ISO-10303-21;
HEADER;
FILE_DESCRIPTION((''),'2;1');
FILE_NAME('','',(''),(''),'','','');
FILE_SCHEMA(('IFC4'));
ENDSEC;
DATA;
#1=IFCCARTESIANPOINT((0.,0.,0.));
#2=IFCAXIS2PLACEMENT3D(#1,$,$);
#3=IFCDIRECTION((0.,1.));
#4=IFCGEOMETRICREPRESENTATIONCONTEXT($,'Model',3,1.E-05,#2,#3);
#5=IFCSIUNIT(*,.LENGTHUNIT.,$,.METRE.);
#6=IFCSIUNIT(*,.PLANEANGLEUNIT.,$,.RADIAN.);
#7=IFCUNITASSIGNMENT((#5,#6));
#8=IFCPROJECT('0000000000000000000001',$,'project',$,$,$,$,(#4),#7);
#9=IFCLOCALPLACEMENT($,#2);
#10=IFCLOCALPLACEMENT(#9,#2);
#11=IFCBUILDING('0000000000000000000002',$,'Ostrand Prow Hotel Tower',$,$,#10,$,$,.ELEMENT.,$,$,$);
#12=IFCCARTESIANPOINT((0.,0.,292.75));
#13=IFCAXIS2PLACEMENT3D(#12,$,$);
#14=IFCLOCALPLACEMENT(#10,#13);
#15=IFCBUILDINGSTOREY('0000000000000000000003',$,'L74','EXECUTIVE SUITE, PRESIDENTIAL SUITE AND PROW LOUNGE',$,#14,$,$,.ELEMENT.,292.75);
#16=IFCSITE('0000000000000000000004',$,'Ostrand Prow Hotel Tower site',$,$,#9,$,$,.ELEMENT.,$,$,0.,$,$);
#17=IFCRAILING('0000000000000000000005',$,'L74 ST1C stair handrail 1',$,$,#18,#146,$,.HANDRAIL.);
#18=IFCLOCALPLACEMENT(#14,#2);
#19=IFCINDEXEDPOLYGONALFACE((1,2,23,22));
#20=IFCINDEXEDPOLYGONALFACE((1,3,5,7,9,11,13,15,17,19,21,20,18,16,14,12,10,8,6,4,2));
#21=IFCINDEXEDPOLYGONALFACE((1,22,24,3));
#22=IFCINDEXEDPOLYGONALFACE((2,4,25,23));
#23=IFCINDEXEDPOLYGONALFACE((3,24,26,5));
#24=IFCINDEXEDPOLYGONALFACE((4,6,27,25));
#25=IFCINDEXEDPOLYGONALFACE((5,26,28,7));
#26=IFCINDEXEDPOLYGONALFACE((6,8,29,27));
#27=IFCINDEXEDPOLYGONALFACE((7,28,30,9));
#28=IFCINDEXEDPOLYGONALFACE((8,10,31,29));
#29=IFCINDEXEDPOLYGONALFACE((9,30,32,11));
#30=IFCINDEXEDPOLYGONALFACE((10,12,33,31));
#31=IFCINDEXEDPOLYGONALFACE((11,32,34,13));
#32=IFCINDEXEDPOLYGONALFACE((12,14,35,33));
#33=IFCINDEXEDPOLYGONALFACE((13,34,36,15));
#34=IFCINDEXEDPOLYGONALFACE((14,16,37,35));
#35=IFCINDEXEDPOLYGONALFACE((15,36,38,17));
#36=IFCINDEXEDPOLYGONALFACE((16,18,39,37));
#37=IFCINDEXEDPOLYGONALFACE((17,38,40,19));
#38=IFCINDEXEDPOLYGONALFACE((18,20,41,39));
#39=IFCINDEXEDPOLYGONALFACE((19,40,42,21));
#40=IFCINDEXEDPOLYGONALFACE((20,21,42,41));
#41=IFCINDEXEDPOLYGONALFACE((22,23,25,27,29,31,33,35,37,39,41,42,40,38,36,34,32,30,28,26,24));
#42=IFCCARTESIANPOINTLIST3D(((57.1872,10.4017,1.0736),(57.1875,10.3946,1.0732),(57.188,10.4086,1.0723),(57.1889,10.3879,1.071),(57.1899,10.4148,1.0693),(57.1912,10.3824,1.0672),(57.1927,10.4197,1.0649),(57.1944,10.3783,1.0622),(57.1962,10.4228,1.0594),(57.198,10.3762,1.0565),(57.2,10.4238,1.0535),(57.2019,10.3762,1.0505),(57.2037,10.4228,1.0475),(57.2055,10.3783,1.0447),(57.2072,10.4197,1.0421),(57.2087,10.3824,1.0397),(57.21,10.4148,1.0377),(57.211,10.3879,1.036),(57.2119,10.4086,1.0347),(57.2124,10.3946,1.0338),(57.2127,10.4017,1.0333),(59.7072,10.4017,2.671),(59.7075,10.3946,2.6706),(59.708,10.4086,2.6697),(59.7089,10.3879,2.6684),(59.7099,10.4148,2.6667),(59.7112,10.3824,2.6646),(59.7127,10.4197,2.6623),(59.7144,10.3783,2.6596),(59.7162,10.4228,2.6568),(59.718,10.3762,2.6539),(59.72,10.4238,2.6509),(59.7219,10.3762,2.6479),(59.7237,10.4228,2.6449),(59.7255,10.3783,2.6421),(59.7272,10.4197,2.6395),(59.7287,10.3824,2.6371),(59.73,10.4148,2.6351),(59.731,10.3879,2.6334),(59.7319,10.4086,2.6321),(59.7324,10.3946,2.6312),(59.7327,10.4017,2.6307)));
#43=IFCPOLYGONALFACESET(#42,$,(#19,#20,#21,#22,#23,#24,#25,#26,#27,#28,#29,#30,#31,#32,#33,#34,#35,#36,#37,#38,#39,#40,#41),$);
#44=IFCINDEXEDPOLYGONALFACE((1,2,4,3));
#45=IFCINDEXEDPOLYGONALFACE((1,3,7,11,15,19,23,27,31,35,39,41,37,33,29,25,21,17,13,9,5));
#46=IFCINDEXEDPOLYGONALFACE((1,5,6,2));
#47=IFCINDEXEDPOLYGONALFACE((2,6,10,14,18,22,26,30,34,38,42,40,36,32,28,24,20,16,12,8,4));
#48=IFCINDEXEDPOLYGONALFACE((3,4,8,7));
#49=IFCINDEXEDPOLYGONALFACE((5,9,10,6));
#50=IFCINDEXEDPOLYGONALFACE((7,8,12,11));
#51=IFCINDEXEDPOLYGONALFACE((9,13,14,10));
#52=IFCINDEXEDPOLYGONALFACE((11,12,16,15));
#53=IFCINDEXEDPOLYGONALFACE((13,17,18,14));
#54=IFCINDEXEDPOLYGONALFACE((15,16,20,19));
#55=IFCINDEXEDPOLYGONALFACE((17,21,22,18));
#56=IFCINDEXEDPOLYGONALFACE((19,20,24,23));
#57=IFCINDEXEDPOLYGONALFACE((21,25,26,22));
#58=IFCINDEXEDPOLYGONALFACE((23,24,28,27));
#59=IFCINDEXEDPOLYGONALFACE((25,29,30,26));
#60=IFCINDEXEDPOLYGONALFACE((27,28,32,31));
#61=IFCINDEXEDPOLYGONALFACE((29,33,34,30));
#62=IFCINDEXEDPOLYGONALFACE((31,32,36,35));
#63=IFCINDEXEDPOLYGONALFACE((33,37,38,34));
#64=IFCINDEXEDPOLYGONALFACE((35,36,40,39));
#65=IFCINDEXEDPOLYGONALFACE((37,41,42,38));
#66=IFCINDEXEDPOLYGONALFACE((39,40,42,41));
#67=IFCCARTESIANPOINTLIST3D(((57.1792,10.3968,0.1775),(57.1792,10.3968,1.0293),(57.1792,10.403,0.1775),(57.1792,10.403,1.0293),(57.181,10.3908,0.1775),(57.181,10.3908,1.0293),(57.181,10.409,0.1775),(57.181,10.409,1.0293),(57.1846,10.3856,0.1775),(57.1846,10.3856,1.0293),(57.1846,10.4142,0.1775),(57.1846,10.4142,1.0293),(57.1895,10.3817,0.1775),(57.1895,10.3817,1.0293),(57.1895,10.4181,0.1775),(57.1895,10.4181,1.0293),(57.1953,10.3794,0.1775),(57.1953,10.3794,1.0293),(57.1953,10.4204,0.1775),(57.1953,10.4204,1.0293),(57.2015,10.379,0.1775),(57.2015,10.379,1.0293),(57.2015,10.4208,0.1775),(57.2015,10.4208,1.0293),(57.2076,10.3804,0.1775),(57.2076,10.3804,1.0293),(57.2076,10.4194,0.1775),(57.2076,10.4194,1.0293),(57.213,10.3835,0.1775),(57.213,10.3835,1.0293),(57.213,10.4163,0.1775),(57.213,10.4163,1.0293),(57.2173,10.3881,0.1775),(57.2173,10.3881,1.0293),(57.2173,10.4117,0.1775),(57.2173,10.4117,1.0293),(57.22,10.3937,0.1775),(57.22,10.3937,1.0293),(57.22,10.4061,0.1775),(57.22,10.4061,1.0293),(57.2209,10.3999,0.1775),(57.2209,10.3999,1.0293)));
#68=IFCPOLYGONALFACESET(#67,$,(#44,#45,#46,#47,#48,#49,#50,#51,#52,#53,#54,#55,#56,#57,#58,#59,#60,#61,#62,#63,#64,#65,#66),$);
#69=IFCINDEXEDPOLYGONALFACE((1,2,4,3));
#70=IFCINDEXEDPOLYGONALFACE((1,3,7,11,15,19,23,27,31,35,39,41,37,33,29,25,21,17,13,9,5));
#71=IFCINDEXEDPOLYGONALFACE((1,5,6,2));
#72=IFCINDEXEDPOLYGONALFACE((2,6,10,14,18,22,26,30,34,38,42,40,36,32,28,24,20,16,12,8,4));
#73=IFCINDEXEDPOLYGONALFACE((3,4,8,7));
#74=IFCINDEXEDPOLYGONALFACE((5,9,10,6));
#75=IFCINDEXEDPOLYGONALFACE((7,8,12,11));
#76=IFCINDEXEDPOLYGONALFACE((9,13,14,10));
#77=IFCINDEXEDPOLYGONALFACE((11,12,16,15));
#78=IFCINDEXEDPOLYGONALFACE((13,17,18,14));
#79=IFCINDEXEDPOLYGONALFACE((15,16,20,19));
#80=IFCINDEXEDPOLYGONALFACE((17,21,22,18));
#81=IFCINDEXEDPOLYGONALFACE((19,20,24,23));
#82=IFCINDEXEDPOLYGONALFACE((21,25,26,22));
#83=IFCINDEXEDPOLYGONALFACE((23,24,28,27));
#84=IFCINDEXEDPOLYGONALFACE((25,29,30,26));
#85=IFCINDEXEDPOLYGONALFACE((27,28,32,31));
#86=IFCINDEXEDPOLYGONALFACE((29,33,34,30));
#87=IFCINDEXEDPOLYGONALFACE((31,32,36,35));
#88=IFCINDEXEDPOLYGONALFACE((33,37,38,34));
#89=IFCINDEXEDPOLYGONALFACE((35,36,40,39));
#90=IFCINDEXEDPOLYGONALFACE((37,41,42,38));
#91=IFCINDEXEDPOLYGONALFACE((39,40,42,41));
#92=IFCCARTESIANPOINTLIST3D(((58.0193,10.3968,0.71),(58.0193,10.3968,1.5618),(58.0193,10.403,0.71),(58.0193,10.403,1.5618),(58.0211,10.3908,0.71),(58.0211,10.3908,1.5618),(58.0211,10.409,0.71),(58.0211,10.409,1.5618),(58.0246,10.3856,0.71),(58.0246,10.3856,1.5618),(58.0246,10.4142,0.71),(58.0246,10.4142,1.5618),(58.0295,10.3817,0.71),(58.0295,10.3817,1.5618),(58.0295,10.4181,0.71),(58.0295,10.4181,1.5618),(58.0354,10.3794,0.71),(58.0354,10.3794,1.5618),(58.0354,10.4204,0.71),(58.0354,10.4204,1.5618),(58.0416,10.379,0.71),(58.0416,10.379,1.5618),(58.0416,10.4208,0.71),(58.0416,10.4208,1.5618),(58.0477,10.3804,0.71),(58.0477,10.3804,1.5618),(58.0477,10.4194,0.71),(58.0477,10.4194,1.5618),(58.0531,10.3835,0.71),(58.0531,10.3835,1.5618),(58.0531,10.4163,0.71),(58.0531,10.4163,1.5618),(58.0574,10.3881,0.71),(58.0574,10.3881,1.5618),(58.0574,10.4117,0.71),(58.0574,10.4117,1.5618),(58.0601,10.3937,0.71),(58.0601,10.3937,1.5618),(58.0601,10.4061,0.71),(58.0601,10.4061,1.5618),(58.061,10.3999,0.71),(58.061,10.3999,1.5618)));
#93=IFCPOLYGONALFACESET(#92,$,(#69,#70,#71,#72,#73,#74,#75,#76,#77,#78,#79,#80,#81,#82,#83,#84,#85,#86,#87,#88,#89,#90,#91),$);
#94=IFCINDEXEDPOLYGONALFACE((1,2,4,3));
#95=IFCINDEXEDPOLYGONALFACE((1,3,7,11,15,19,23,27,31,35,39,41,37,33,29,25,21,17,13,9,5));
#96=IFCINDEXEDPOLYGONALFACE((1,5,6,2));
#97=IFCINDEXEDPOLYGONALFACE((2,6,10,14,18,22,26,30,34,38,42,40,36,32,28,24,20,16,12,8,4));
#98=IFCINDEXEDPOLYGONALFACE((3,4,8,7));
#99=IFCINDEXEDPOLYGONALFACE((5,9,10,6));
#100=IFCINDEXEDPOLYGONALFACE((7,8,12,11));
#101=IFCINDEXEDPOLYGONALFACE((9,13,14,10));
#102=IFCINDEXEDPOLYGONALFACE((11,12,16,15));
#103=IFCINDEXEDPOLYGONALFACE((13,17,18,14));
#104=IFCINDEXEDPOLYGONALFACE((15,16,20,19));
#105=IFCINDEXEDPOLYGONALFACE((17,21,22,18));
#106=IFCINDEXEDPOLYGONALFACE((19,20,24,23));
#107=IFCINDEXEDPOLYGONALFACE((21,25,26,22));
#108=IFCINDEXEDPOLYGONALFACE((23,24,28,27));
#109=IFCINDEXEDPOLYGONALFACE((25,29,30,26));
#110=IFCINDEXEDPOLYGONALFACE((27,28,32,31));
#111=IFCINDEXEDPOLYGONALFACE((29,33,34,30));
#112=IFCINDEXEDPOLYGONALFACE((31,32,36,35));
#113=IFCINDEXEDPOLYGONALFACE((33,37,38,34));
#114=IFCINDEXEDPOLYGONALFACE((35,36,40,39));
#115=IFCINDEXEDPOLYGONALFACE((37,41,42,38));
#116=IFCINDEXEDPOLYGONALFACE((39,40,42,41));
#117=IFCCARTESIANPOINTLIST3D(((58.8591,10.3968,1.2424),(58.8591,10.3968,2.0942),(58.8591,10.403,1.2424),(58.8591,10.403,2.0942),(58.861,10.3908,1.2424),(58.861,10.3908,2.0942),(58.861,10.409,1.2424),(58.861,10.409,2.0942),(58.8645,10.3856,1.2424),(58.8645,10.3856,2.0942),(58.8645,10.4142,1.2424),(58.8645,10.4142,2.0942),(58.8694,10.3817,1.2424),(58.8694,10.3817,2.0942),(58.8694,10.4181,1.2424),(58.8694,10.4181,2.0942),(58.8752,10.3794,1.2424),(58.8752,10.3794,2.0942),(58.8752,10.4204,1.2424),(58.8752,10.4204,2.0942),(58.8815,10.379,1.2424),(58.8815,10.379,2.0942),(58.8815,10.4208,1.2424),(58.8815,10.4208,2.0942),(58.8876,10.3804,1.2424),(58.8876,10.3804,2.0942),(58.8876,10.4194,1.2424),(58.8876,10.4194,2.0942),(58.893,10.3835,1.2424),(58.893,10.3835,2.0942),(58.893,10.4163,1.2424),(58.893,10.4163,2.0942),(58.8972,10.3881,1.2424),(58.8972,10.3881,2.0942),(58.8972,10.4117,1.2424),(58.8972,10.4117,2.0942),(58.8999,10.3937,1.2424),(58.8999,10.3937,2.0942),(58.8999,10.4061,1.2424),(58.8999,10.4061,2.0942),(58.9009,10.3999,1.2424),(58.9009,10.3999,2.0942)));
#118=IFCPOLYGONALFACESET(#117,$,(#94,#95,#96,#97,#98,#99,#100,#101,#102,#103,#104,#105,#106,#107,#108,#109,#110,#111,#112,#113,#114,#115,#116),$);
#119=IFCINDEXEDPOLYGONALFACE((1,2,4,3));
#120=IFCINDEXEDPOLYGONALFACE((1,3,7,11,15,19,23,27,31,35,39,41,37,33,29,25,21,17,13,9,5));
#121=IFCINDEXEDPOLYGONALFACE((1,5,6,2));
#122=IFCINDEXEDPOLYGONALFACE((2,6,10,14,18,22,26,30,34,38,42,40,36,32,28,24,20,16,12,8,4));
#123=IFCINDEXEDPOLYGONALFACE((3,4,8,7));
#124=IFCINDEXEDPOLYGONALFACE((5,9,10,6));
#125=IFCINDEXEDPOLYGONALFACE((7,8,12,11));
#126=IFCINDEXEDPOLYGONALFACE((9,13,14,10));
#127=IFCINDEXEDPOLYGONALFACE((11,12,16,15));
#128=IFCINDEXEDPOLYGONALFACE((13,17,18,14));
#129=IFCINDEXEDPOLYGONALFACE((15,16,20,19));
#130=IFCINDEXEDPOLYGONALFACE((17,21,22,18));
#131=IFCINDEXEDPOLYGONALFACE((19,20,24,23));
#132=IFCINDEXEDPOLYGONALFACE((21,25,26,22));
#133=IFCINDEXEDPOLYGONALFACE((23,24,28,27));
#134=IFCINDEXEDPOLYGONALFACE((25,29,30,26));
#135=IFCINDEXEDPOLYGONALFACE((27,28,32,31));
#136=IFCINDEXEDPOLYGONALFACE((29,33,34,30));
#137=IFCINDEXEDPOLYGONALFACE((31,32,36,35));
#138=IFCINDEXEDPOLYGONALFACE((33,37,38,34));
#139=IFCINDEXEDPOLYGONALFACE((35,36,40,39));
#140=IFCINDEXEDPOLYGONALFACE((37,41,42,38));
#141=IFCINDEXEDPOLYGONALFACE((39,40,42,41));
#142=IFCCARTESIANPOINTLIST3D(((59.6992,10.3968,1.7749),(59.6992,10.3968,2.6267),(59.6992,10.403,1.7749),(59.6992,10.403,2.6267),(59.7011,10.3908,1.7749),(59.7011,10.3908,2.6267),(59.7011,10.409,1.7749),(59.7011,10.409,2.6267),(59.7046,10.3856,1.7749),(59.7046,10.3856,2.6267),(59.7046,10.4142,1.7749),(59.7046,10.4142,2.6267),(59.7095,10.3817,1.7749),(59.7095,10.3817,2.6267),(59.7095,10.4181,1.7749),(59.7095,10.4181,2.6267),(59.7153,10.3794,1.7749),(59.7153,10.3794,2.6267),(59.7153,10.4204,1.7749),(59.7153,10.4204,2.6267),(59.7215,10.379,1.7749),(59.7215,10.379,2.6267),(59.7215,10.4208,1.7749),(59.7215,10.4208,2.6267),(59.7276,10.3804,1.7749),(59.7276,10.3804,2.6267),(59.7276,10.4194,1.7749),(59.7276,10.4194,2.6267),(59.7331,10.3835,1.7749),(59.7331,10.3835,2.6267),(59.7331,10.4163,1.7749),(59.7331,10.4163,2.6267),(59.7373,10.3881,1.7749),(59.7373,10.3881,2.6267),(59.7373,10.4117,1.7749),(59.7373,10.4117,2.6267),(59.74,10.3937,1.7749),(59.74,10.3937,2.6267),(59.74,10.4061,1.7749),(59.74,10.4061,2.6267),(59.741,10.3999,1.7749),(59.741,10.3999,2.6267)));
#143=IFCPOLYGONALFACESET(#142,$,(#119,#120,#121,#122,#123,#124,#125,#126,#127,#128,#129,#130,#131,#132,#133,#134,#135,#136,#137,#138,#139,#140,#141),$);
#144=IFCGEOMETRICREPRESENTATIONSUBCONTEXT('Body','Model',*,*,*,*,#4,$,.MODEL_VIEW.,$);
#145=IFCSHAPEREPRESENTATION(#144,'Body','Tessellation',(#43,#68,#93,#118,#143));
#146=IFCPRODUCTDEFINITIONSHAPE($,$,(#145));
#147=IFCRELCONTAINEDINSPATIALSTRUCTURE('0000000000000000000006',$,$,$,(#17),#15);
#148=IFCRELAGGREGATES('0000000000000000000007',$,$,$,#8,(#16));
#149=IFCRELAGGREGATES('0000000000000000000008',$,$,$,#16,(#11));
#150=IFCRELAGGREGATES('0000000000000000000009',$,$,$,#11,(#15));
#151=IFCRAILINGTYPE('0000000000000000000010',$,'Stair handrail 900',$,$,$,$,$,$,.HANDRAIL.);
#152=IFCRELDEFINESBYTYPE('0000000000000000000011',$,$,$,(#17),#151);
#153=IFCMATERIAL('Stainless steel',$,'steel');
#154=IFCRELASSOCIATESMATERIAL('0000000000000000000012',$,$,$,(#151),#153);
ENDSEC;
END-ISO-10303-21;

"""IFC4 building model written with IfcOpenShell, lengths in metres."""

from ifc_helpers import new_model, si_unit, direction, frame, origin, origin_2d, place, context, subcontext, project, spatial, circle, extrude, material, type_object, element, save


model = new_model("IFC4")

# Units and contexts
model_context = context("Model", 3, precision=1e-05, world=origin(), true_north=direction((0.0, 1.0)))
body_context = subcontext(model_context, "Body", "Model", "MODEL_VIEW")
ifc_project = project(units=[si_unit("LENGTHUNIT", "METRE"), si_unit("PLANEANGLEUNIT", "RADIAN")], contexts=[model_context])

# Site, building, storey
site_placement = place(None, origin())
site = spatial("IfcSite", under=ifc_project, at=site_placement, Name="Ostrand Prow Hotel Tower site", CompositionType="ELEMENT", RefElevation=0.0)
building_placement = place(site_placement, origin())
building = spatial("IfcBuilding", under=site, at=building_placement, Name="Ostrand Prow Hotel Tower", CompositionType="ELEMENT")
storey_placement = place(building_placement, frame((0.0, 0.0, 292.75)))
storey = spatial("IfcBuildingStorey", under=building, at=storey_placement, Name="L74", Description="EXECUTIVE SUITE, PRESIDENTIAL SUITE AND PROW LOUNGE", CompositionType="ELEMENT", Elevation=292.75)

# Railing
ifc_material_1 = material(Name="Stainless steel", Category="steel")
railing_type_1 = type_object("IfcRailingType", Name="Stair handrail 900", PredefinedType="HANDRAIL", material=ifc_material_1)
railing_1_placement = place(storey_placement, frame((57.2, 10.3999, 0.1775)))
element("IfcRailing", 1, at=railing_1_placement, inside=storey, type_object=railing_type_1, Name="L74 ST1C stair handrail 1", PredefinedType="HANDRAIL", context=body_context, shape_type="SweptSolid", body=[
    extrude(circle(Radius=0.0239, at=origin_2d()), frame((0.0, 0.0, 0.876), z_axis=(0.844607, 0.0, 0.535387), x_axis=(0.0, 1.0, 0.0)), (0.0, 0.0, 1.0), 2.9836),
    extrude(circle(Radius=0.021, at=origin_2d()), origin(), (0.0, 0.0, 1.0), 0.8518),
    extrude(circle(Radius=0.021, at=origin_2d()), frame((0.8401, 0.0, 0.5325)), (0.0, 0.0, 1.0), 0.8518),
    extrude(circle(Radius=0.021, at=origin_2d()), frame((1.6799, 0.0, 1.0649)), (0.0, 0.0, 1.0), 0.8518),
    extrude(circle(Radius=0.021, at=origin_2d()), frame((2.52, 0.0, 1.5974)), (0.0, 0.0, 1.0), 0.8518),
])

save(model, "model.ifc")
